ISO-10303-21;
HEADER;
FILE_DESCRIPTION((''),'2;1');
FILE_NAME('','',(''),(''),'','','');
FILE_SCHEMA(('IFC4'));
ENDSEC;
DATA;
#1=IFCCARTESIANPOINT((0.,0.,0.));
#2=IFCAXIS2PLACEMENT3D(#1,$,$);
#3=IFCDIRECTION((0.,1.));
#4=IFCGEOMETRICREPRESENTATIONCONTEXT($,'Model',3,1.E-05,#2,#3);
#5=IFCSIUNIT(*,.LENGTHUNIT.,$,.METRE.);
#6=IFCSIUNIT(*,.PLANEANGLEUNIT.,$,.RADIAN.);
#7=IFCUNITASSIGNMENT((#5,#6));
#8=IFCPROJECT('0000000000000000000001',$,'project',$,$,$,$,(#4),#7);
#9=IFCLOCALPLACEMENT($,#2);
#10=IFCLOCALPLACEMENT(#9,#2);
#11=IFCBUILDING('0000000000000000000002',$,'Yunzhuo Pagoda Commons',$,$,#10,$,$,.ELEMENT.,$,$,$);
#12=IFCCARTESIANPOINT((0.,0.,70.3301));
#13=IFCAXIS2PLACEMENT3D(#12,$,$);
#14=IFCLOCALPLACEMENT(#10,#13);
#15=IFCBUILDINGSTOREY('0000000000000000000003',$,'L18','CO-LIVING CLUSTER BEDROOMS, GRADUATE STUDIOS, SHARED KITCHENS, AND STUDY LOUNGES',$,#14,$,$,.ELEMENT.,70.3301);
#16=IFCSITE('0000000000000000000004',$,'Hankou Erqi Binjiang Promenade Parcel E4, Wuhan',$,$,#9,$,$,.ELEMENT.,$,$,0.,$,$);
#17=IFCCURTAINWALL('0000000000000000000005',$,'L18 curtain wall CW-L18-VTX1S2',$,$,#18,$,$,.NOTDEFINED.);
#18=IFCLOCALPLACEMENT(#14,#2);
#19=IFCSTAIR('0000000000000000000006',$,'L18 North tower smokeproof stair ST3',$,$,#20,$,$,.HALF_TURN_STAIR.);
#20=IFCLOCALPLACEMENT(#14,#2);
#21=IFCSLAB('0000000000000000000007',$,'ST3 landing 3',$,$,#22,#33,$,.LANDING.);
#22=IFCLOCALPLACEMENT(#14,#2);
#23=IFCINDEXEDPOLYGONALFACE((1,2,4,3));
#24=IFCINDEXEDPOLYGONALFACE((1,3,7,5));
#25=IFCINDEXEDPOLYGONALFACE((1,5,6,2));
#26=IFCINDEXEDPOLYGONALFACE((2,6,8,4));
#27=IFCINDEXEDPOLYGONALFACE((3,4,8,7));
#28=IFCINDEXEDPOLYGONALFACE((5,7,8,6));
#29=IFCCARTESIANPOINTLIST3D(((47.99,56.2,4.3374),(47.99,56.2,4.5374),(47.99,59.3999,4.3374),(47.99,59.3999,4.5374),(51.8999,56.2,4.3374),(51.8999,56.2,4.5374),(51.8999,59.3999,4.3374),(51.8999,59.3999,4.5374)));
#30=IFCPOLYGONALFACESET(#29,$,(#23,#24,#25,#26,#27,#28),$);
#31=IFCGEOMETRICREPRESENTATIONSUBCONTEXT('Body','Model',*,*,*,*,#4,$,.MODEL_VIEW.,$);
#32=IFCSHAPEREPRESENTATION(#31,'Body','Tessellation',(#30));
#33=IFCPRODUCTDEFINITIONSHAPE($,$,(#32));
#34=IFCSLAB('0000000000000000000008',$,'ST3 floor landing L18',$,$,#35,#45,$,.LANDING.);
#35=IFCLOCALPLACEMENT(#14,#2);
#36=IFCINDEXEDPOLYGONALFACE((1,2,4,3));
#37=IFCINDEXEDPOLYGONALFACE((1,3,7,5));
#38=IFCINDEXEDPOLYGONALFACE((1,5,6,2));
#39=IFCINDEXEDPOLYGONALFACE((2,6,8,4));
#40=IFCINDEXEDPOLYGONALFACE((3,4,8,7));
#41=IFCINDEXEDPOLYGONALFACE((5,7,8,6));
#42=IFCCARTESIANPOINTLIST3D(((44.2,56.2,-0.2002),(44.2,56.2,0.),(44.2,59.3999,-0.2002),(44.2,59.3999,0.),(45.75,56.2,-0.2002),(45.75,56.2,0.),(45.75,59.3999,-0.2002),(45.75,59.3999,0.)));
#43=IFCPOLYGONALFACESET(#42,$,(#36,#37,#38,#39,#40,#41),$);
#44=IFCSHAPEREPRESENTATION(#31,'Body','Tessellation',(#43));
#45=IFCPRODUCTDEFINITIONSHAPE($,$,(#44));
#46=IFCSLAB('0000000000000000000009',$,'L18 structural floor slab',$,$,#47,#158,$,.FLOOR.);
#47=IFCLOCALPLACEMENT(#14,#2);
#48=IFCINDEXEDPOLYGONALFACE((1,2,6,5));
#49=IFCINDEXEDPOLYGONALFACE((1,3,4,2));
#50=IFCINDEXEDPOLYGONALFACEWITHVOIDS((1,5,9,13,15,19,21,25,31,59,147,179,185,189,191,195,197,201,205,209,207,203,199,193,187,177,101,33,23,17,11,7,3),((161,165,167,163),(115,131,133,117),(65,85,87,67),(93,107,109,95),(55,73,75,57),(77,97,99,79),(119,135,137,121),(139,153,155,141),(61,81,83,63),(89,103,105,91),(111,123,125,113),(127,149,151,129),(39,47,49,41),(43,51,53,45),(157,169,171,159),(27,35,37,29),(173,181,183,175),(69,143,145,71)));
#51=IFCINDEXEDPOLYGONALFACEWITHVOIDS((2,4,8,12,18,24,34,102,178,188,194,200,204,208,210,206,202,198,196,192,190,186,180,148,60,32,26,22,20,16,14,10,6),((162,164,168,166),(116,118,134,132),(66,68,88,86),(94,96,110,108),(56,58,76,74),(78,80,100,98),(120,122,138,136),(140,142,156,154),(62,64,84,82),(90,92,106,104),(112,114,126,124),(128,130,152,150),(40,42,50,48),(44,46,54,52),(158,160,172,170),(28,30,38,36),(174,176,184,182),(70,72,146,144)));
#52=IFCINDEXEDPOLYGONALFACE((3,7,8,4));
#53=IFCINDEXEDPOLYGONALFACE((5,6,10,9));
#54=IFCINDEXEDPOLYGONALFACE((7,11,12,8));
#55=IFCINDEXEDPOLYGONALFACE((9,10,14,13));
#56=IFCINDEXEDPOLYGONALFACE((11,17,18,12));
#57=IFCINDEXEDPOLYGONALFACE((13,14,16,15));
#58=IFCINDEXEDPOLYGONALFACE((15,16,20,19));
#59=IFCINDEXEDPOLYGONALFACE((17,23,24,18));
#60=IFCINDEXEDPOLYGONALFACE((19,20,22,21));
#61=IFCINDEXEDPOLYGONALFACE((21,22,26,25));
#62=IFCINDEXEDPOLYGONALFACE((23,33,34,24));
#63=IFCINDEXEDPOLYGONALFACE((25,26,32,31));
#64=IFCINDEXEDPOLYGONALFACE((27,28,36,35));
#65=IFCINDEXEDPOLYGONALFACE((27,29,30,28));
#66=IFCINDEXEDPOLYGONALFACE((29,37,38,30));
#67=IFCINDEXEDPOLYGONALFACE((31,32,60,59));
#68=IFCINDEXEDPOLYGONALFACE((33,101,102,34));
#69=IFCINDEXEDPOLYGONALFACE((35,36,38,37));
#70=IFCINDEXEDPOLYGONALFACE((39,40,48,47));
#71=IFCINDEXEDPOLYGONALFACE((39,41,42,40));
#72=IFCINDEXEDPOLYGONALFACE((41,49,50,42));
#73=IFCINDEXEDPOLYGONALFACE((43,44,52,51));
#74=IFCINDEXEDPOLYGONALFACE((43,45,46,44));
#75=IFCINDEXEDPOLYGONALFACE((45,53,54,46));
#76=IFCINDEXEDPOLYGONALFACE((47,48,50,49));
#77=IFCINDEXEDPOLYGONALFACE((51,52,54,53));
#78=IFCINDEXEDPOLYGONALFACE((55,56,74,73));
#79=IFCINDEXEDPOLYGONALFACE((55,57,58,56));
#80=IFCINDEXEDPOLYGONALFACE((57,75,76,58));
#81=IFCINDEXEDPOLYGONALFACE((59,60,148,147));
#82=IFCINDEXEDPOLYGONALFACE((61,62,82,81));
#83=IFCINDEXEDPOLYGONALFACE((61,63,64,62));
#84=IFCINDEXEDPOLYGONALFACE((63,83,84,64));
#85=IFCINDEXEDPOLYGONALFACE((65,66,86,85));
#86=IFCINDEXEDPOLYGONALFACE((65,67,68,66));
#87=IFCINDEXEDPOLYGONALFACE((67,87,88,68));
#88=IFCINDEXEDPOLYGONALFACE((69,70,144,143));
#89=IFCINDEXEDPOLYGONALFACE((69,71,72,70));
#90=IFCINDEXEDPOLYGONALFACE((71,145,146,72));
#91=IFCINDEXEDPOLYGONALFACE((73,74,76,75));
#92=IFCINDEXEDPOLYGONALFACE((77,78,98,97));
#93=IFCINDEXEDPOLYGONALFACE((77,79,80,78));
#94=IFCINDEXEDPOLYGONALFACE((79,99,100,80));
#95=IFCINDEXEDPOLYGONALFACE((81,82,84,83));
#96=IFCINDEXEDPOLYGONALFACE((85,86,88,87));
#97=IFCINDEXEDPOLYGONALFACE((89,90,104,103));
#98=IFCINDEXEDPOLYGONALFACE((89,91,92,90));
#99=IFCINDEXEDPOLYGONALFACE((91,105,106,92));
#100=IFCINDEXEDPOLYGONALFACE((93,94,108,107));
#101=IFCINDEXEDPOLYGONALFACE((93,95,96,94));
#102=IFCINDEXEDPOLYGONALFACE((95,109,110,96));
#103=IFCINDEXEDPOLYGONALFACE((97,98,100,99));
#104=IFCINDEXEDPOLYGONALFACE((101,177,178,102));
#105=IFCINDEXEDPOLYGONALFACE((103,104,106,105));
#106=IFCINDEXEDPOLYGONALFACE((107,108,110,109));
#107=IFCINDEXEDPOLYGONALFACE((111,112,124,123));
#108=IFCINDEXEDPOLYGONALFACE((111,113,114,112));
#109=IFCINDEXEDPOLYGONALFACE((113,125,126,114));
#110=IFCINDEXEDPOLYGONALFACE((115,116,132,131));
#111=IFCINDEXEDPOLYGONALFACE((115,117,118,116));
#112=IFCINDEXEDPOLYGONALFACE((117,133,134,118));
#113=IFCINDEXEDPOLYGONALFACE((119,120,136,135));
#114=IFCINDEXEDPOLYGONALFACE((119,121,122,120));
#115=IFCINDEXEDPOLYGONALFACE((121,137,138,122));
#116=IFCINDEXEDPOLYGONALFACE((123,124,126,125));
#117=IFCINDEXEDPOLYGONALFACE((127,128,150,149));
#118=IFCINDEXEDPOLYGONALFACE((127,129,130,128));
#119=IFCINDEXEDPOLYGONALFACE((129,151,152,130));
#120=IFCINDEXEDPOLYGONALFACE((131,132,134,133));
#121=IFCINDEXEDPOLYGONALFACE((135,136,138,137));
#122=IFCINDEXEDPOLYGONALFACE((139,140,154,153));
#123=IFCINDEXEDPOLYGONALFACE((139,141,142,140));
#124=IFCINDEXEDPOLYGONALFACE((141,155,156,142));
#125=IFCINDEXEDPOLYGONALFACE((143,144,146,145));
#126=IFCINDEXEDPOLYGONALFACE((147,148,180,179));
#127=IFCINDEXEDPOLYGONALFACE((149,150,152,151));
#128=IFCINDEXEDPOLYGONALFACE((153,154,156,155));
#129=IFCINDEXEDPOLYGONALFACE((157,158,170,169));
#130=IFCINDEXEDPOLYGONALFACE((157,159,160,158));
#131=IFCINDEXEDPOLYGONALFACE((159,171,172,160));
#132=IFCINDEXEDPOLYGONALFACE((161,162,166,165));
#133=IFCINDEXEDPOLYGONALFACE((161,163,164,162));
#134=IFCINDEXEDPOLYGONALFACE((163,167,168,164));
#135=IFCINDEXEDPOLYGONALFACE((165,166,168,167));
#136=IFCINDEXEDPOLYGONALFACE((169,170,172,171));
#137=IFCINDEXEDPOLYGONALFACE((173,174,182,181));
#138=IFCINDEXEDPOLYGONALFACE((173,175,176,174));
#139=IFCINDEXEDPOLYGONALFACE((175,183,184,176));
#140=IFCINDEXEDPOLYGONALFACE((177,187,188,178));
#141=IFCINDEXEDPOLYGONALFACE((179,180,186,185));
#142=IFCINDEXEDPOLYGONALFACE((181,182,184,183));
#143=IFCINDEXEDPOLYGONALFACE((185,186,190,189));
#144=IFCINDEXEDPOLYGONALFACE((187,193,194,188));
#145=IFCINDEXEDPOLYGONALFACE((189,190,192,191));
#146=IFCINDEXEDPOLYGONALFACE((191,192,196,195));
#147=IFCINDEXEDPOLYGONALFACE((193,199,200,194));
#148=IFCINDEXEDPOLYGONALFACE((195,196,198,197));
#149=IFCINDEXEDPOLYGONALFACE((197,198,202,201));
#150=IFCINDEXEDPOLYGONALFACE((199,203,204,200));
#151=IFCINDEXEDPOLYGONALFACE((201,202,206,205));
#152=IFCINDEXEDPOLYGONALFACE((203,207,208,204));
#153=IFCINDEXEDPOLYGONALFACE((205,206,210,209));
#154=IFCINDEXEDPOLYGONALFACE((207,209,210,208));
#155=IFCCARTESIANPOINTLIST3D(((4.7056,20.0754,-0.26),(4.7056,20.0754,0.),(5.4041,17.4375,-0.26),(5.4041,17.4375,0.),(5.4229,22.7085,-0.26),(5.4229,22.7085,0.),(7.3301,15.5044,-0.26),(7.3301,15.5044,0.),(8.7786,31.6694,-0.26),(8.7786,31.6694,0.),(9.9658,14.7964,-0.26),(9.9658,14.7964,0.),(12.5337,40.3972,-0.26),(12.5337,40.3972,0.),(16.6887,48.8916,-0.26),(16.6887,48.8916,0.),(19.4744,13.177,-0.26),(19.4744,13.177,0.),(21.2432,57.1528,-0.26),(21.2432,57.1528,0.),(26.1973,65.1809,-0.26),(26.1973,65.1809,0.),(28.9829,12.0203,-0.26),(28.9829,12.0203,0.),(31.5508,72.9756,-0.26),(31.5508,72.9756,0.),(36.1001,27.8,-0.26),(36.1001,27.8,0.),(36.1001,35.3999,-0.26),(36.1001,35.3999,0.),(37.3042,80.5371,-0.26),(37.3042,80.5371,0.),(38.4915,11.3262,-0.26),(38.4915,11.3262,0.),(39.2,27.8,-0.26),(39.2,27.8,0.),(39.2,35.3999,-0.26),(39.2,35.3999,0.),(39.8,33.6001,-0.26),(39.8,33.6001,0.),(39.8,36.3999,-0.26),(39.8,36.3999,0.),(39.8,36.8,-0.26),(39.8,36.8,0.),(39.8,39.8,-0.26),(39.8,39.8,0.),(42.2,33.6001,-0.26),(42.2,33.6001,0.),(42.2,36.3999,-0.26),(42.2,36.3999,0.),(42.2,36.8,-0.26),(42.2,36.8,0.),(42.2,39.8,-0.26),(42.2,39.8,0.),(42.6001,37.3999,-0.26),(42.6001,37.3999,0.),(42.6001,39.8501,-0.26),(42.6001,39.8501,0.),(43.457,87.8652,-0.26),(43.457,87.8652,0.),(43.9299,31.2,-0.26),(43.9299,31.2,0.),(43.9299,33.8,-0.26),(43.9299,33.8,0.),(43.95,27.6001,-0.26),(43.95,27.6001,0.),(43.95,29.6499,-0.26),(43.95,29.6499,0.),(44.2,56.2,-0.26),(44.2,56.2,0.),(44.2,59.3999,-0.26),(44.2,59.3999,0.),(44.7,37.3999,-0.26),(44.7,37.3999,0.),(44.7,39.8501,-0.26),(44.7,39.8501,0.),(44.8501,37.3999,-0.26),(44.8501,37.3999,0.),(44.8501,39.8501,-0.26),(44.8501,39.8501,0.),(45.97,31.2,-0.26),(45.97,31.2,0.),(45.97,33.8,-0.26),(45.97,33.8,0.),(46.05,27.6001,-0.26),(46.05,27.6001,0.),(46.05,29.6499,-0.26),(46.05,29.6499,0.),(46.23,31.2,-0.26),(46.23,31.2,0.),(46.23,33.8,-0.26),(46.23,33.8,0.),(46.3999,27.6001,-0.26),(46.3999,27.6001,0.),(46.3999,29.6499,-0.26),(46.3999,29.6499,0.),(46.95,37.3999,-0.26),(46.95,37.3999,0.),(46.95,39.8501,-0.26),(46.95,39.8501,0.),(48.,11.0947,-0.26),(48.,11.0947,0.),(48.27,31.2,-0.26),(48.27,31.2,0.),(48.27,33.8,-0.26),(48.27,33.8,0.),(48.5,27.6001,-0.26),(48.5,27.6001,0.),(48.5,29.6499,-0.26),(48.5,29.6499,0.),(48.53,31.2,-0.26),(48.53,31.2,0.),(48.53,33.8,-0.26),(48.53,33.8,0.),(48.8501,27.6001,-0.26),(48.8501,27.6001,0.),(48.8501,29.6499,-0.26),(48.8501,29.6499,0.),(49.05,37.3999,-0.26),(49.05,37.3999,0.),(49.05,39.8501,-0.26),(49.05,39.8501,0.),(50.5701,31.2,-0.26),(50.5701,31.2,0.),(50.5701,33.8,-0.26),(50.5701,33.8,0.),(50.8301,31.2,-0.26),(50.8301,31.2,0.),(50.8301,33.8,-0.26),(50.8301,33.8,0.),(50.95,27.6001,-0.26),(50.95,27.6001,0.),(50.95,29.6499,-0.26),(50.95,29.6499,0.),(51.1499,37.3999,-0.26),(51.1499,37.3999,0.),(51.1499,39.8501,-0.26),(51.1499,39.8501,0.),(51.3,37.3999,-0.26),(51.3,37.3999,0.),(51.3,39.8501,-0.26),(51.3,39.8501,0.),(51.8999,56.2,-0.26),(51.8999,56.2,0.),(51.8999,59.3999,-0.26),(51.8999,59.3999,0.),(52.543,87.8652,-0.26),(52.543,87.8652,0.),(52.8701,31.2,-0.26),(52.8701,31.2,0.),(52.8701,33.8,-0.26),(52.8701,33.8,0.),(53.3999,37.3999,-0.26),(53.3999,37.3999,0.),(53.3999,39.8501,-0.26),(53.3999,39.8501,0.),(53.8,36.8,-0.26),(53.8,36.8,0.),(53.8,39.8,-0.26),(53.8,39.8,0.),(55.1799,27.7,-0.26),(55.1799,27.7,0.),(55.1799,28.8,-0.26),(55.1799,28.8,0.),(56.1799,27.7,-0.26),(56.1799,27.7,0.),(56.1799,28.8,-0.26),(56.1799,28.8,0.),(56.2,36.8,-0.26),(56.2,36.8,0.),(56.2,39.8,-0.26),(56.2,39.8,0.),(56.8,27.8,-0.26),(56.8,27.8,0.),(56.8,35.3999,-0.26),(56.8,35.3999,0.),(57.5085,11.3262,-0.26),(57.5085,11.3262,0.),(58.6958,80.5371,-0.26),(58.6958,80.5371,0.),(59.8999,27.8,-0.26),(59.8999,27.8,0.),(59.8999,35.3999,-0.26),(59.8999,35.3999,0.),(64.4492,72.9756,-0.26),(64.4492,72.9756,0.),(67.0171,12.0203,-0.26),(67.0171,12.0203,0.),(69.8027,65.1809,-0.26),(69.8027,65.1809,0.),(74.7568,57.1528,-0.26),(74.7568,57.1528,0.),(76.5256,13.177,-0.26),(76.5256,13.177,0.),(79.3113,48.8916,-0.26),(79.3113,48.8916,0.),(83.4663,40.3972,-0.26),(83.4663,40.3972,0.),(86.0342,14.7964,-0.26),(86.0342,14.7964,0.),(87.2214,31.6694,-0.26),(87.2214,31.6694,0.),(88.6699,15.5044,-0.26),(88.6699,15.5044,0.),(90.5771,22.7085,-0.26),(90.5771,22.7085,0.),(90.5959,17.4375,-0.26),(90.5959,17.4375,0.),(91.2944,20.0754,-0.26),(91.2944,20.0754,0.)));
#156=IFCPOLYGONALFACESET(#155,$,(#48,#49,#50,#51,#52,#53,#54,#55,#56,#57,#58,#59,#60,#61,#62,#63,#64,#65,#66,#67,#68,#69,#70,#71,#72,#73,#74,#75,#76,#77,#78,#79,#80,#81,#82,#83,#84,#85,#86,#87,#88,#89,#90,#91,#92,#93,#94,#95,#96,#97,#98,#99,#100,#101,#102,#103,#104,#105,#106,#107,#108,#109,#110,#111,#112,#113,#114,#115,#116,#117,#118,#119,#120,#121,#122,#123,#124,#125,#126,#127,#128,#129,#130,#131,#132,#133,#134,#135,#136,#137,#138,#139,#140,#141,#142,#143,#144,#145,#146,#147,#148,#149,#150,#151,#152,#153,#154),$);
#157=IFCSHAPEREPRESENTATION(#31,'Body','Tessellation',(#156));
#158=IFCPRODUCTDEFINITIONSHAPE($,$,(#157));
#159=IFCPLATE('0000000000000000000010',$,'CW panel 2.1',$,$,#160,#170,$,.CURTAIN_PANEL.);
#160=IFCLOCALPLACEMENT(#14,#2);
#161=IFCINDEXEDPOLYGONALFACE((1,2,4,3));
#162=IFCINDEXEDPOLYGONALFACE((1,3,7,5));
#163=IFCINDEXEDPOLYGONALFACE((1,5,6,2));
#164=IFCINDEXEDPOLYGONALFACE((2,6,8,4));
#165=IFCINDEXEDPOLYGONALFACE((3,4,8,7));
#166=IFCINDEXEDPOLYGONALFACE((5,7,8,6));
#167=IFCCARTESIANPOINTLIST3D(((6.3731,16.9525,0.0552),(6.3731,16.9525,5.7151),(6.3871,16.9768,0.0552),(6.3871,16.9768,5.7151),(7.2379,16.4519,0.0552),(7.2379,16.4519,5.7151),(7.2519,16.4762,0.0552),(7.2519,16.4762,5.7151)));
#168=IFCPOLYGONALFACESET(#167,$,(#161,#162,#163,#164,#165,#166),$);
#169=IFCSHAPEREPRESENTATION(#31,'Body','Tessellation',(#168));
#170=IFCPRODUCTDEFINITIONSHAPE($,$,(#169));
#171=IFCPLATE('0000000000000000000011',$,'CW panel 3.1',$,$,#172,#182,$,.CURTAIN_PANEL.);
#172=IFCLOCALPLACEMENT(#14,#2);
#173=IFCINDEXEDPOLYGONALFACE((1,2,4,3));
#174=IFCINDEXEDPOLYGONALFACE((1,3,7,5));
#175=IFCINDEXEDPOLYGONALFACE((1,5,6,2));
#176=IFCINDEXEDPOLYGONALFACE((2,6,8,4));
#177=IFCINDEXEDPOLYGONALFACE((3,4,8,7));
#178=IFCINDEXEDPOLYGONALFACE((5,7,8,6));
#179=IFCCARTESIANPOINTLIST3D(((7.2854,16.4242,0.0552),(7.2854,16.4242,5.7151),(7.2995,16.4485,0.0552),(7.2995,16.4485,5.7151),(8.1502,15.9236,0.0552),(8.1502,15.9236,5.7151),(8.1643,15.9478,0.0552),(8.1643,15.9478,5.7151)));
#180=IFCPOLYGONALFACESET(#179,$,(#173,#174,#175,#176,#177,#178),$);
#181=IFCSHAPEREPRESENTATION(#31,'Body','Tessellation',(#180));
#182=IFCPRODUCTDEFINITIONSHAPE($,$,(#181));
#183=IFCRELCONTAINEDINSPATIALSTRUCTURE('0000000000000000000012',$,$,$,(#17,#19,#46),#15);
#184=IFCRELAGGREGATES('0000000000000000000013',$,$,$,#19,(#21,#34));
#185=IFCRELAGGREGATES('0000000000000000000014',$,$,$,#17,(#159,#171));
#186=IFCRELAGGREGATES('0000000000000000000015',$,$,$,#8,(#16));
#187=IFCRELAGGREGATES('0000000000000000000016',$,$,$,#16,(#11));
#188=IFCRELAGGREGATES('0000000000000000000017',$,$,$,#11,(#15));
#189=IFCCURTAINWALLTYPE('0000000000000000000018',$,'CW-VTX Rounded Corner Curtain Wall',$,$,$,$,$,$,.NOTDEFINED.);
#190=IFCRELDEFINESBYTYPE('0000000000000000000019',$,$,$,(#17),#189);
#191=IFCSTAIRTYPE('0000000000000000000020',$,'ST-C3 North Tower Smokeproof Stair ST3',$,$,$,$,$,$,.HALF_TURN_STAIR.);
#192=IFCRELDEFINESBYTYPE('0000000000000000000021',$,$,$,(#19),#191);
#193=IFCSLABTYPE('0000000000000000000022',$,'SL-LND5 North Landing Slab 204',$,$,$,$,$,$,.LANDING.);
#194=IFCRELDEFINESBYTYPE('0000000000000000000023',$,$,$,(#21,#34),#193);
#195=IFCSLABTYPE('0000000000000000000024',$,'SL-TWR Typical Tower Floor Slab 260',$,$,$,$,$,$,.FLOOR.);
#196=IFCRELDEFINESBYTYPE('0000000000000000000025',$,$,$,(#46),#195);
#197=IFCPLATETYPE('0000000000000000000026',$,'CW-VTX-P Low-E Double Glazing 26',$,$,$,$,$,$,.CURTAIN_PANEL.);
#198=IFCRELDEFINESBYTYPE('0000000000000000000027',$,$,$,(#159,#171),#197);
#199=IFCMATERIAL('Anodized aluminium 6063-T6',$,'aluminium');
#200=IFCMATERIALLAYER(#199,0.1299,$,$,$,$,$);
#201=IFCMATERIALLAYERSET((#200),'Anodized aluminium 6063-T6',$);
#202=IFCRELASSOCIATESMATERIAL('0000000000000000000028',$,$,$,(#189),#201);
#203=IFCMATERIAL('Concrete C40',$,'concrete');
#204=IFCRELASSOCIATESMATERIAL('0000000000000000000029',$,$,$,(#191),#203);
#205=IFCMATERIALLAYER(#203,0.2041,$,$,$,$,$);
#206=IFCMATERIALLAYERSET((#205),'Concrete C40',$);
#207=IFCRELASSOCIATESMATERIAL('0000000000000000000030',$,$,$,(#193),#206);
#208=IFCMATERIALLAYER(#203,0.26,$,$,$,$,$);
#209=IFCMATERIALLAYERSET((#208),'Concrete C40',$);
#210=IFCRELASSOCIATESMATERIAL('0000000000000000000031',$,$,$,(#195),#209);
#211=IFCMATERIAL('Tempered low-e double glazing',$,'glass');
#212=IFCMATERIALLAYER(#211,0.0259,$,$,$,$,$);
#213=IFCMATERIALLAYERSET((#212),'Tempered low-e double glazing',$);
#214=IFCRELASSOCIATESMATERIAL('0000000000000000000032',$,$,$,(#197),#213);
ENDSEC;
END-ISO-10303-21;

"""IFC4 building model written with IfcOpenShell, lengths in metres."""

from ifc_helpers import new_model, si_unit, direction, frame, origin, origin_2d, place, context, subcontext, project, spatial, polyline, rectangle, outline, extrude, source, transform, mapped, material, layer, layer_set, type_object, element, aggregate, save


model = new_model("IFC4")

# Units and contexts
model_context = context("Model", 3, precision=1e-05, world=origin(), true_north=direction((0.0, 1.0)))
body_context = subcontext(model_context, "Body", "Model", "MODEL_VIEW")
ifc_project = project(units=[si_unit("LENGTHUNIT", "METRE"), si_unit("PLANEANGLEUNIT", "RADIAN")], contexts=[model_context])

# Site, building, storey
site_placement = place(None, origin())
site = spatial("IfcSite", under=ifc_project, at=site_placement, Name="Hankou Erqi Binjiang Promenade Parcel E4, Wuhan", CompositionType="ELEMENT", RefElevation=0.0)
building_placement = place(site_placement, origin())
building = spatial("IfcBuilding", under=site, at=building_placement, Name="Yunzhuo Pagoda Commons", CompositionType="ELEMENT")
storey_placement = place(building_placement, frame((0.0, 0.0, 70.3301)))
storey = spatial("IfcBuildingStorey", under=building, at=storey_placement, Name="L18", Description="CO-LIVING CLUSTER BEDROOMS, GRADUATE STUDIOS, SHARED KITCHENS, AND STUDY LOUNGES", CompositionType="ELEMENT", Elevation=70.3301)

# Curtain wall
ifc_material_1 = material(Name="Anodized aluminium 6063-T6", Category="aluminium")
ifc_layer_1 = layer(ifc_material_1, 0.1299)
ifc_layer_set_1 = layer_set([ifc_layer_1], Name="Anodized aluminium 6063-T6")
curtain_wall_type = type_object("IfcCurtainWallType", Name="CW-VTX Rounded Corner Curtain Wall", PredefinedType="NOTDEFINED", material=ifc_layer_set_1)
curtain_wall_placement = place(storey_placement, origin())
curtain_wall = element("IfcCurtainWall", 1, at=curtain_wall_placement, inside=storey, type_object=curtain_wall_type, Name="L18 curtain wall CW-L18-VTX1S2", PredefinedType="NOTDEFINED")

# Shared definitions
ifc_material_2 = material(Name="Concrete C40", Category="concrete")

# Stair, slabs
stair_type_1 = type_object("IfcStairType", Name="ST-C3 North Tower Smokeproof Stair ST3", PredefinedType="HALF_TURN_STAIR", material=ifc_material_2)
stair_1_placement = place(storey_placement, origin())
stair_1 = element("IfcStair", 2, at=stair_1_placement, inside=storey, type_object=stair_type_1, Name="L18 North tower smokeproof stair ST3", PredefinedType="HALF_TURN_STAIR")
ifc_layer_2 = layer(ifc_material_2, 0.2041)
ifc_layer_set_2 = layer_set([ifc_layer_2], Name="Concrete C40")
slab_type_1 = type_object("IfcSlabType", Name="SL-LND5 North Landing Slab 204", PredefinedType="LANDING", material=ifc_layer_set_2)
slab_1_placement = place(storey_placement, frame((0.0, 0.0, 4.3374)))
slab_1 = element("IfcSlab", 3, at=slab_1_placement, type_object=slab_type_1, Name="ST3 landing 3", PredefinedType="LANDING", context=body_context, shape_type="SweptSolid", body=[
    extrude(outline(polyline([(47.99, 56.2), (51.8999, 56.2), (51.8999, 59.3999), (47.99, 59.3999), (47.99, 56.2)])), origin(), (0.0, 0.0, 1.0), 0.2),
])
slab_2_placement = place(storey_placement, frame((0.0, 0.0, -0.2002)))
slab_2 = element("IfcSlab", 4, at=slab_2_placement, type_object=slab_type_1, Name="ST3 floor landing L18", PredefinedType="LANDING", context=body_context, shape_type="SweptSolid", body=[
    extrude(outline(polyline([(44.2, 56.2), (45.75, 56.2), (45.75, 59.3999), (44.2, 59.3999), (44.2, 56.2)])), origin(), (0.0, 0.0, 1.0), 0.2002),
])
aggregate(stair_1, [slab_1, slab_2])

# Slab
ifc_layer_3 = layer(ifc_material_2, 0.26)
ifc_layer_set_3 = layer_set([ifc_layer_3], Name="Concrete C40")
slab_type_2 = type_object("IfcSlabType", Name="SL-TWR Typical Tower Floor Slab 260", PredefinedType="FLOOR", material=ifc_layer_set_3)
slab_3_placement = place(storey_placement, frame((0.0, 0.0, -0.26)))
element("IfcSlab", 5, at=slab_3_placement, inside=storey, type_object=slab_type_2, Name="L18 structural floor slab", PredefinedType="FLOOR", context=body_context, shape_type="SweptSolid", body=[
    extrude(outline(polyline([(8.7786, 31.6694), (12.5337, 40.3972), (16.6887, 48.8916), (21.2432, 57.1528), (26.1973, 65.1809), (31.5508, 72.9756), (37.3042, 80.5371), (43.457, 87.8652), (52.543, 87.8652), (58.6958, 80.5371), (64.4492, 72.9756), (69.8027, 65.1809), (74.7568, 57.1528), (79.3113, 48.8916), (83.4663, 40.3972), (87.2214, 31.6694), (90.5771, 22.7085), (91.2944, 20.0754), (90.5959, 17.4375), (88.6699, 15.5044), (86.0342, 14.7964), (76.5256, 13.177), (67.0171, 12.0203), (57.5085, 11.3262), (48.0, 11.0947), (38.4915, 11.3262), (28.9829, 12.0203), (19.4744, 13.177), (9.9658, 14.7964), (7.3301, 15.5044), (5.4041, 17.4375), (4.7056, 20.0754), (5.4229, 22.7085), (8.7786, 31.6694)]), holes=[polyline([(46.05, 27.6001), (46.05, 29.6499), (43.95, 29.6499), (43.95, 27.6001), (46.05, 27.6001)]), polyline([(48.5, 27.6001), (48.5, 29.6499), (46.3999, 29.6499), (46.3999, 27.6001), (48.5, 27.6001)]), polyline([(36.1001, 27.8), (39.2, 27.8), (39.2, 35.3999), (36.1001, 35.3999), (36.1001, 27.8)]), polyline([(45.97, 31.2), (45.97, 33.8), (43.9299, 33.8), (43.9299, 31.2), (45.97, 31.2)]), polyline([(48.27, 31.2), (48.27, 33.8), (46.23, 33.8), (46.23, 31.2), (48.27, 31.2)]), polyline([(42.2, 33.6001), (42.2, 36.3999), (39.8, 36.3999), (39.8, 33.6001), (42.2, 33.6001)]), polyline([(42.2, 36.8), (42.2, 39.8), (39.8, 39.8), (39.8, 36.8), (42.2, 36.8)]), polyline([(42.6001, 37.3999), (44.7, 37.3999), (44.7, 39.8501), (42.6001, 39.8501), (42.6001, 37.3999)]), polyline([(44.8501, 37.3999), (46.95, 37.3999), (46.95, 39.8501), (44.8501, 39.8501), (44.8501, 37.3999)]), polyline([(56.1799, 27.7), (56.1799, 28.8), (55.1799, 28.8), (55.1799, 27.7), (56.1799, 27.7)]), polyline([(50.95, 27.6001), (50.95, 29.6499), (48.8501, 29.6499), (48.8501, 27.6001), (50.95, 27.6001)]), polyline([(56.8, 27.8), (59.8999, 27.8), (59.8999, 35.3999), (56.8, 35.3999), (56.8, 27.8)]), polyline([(50.5701, 31.2), (50.5701, 33.8), (48.53, 33.8), (48.53, 31.2), (50.5701, 31.2)]), polyline([(52.8701, 31.2), (52.8701, 33.8), (50.8301, 33.8), (50.8301, 31.2), (52.8701, 31.2)]), polyline([(56.2, 36.8), (56.2, 39.8), (53.8, 39.8), (53.8, 36.8), (56.2, 36.8)]), polyline([(51.1499, 37.3999), (51.1499, 39.8501), (49.05, 39.8501), (49.05, 37.3999), (51.1499, 37.3999)]), polyline([(51.3, 37.3999), (53.3999, 37.3999), (53.3999, 39.8501), (51.3, 39.8501), (51.3, 37.3999)]), polyline([(44.2, 56.2), (51.8999, 56.2), (51.8999, 59.3999), (44.2, 59.3999), (44.2, 56.2)])]), origin(), (0.0, 0.0, 1.0), 0.26),
])

# Plates
ifc_material_3 = material(Name="Tempered low-e double glazing", Category="glass")
ifc_layer_4 = layer(ifc_material_3, 0.0259)
ifc_layer_set_4 = layer_set([ifc_layer_4], Name="Tempered low-e double glazing")
plate_type = type_object("IfcPlateType", Name="CW-VTX-P Low-E Double Glazing 26", PredefinedType="CURTAIN_PANEL", material=ifc_layer_set_4)
shared_shape_1 = source(origin(), body_context, "Body", "SweptSolid", [
    extrude(rectangle(XDim=0.9993, YDim=0.0281, at=origin_2d()), origin(), (0.0, 0.0, 1.0), 5.6599),
])
plate_1_placement = place(storey_placement, frame((6.8125, 16.7144, 0.0552), z_axis=(0.0, 0.0, 1.0), x_axis=(0.865425, -0.501039, 0.0)))
plate_1 = element("IfcPlate", 6, at=plate_1_placement, type_object=plate_type, Name="CW panel 2.1", PredefinedType="CURTAIN_PANEL", context=body_context, shape_type="MappedRepresentation", body=[
    mapped(shared_shape_1, transform((0.0, 0.0, 0.0), scale=1.0)),
])
plate_2_placement = place(storey_placement, frame((7.7249, 16.186, 0.0552), z_axis=(0.0, 0.0, 1.0), x_axis=(0.865425, -0.501039, 0.0)))
plate_2 = element("IfcPlate", 7, at=plate_2_placement, type_object=plate_type, Name="CW panel 3.1", PredefinedType="CURTAIN_PANEL", context=body_context, shape_type="MappedRepresentation", body=[
    mapped(shared_shape_1, transform((0.0, 0.0, 0.0), scale=1.0)),
])
aggregate(curtain_wall, [plate_1, plate_2])

save(model, "model.ifc")
